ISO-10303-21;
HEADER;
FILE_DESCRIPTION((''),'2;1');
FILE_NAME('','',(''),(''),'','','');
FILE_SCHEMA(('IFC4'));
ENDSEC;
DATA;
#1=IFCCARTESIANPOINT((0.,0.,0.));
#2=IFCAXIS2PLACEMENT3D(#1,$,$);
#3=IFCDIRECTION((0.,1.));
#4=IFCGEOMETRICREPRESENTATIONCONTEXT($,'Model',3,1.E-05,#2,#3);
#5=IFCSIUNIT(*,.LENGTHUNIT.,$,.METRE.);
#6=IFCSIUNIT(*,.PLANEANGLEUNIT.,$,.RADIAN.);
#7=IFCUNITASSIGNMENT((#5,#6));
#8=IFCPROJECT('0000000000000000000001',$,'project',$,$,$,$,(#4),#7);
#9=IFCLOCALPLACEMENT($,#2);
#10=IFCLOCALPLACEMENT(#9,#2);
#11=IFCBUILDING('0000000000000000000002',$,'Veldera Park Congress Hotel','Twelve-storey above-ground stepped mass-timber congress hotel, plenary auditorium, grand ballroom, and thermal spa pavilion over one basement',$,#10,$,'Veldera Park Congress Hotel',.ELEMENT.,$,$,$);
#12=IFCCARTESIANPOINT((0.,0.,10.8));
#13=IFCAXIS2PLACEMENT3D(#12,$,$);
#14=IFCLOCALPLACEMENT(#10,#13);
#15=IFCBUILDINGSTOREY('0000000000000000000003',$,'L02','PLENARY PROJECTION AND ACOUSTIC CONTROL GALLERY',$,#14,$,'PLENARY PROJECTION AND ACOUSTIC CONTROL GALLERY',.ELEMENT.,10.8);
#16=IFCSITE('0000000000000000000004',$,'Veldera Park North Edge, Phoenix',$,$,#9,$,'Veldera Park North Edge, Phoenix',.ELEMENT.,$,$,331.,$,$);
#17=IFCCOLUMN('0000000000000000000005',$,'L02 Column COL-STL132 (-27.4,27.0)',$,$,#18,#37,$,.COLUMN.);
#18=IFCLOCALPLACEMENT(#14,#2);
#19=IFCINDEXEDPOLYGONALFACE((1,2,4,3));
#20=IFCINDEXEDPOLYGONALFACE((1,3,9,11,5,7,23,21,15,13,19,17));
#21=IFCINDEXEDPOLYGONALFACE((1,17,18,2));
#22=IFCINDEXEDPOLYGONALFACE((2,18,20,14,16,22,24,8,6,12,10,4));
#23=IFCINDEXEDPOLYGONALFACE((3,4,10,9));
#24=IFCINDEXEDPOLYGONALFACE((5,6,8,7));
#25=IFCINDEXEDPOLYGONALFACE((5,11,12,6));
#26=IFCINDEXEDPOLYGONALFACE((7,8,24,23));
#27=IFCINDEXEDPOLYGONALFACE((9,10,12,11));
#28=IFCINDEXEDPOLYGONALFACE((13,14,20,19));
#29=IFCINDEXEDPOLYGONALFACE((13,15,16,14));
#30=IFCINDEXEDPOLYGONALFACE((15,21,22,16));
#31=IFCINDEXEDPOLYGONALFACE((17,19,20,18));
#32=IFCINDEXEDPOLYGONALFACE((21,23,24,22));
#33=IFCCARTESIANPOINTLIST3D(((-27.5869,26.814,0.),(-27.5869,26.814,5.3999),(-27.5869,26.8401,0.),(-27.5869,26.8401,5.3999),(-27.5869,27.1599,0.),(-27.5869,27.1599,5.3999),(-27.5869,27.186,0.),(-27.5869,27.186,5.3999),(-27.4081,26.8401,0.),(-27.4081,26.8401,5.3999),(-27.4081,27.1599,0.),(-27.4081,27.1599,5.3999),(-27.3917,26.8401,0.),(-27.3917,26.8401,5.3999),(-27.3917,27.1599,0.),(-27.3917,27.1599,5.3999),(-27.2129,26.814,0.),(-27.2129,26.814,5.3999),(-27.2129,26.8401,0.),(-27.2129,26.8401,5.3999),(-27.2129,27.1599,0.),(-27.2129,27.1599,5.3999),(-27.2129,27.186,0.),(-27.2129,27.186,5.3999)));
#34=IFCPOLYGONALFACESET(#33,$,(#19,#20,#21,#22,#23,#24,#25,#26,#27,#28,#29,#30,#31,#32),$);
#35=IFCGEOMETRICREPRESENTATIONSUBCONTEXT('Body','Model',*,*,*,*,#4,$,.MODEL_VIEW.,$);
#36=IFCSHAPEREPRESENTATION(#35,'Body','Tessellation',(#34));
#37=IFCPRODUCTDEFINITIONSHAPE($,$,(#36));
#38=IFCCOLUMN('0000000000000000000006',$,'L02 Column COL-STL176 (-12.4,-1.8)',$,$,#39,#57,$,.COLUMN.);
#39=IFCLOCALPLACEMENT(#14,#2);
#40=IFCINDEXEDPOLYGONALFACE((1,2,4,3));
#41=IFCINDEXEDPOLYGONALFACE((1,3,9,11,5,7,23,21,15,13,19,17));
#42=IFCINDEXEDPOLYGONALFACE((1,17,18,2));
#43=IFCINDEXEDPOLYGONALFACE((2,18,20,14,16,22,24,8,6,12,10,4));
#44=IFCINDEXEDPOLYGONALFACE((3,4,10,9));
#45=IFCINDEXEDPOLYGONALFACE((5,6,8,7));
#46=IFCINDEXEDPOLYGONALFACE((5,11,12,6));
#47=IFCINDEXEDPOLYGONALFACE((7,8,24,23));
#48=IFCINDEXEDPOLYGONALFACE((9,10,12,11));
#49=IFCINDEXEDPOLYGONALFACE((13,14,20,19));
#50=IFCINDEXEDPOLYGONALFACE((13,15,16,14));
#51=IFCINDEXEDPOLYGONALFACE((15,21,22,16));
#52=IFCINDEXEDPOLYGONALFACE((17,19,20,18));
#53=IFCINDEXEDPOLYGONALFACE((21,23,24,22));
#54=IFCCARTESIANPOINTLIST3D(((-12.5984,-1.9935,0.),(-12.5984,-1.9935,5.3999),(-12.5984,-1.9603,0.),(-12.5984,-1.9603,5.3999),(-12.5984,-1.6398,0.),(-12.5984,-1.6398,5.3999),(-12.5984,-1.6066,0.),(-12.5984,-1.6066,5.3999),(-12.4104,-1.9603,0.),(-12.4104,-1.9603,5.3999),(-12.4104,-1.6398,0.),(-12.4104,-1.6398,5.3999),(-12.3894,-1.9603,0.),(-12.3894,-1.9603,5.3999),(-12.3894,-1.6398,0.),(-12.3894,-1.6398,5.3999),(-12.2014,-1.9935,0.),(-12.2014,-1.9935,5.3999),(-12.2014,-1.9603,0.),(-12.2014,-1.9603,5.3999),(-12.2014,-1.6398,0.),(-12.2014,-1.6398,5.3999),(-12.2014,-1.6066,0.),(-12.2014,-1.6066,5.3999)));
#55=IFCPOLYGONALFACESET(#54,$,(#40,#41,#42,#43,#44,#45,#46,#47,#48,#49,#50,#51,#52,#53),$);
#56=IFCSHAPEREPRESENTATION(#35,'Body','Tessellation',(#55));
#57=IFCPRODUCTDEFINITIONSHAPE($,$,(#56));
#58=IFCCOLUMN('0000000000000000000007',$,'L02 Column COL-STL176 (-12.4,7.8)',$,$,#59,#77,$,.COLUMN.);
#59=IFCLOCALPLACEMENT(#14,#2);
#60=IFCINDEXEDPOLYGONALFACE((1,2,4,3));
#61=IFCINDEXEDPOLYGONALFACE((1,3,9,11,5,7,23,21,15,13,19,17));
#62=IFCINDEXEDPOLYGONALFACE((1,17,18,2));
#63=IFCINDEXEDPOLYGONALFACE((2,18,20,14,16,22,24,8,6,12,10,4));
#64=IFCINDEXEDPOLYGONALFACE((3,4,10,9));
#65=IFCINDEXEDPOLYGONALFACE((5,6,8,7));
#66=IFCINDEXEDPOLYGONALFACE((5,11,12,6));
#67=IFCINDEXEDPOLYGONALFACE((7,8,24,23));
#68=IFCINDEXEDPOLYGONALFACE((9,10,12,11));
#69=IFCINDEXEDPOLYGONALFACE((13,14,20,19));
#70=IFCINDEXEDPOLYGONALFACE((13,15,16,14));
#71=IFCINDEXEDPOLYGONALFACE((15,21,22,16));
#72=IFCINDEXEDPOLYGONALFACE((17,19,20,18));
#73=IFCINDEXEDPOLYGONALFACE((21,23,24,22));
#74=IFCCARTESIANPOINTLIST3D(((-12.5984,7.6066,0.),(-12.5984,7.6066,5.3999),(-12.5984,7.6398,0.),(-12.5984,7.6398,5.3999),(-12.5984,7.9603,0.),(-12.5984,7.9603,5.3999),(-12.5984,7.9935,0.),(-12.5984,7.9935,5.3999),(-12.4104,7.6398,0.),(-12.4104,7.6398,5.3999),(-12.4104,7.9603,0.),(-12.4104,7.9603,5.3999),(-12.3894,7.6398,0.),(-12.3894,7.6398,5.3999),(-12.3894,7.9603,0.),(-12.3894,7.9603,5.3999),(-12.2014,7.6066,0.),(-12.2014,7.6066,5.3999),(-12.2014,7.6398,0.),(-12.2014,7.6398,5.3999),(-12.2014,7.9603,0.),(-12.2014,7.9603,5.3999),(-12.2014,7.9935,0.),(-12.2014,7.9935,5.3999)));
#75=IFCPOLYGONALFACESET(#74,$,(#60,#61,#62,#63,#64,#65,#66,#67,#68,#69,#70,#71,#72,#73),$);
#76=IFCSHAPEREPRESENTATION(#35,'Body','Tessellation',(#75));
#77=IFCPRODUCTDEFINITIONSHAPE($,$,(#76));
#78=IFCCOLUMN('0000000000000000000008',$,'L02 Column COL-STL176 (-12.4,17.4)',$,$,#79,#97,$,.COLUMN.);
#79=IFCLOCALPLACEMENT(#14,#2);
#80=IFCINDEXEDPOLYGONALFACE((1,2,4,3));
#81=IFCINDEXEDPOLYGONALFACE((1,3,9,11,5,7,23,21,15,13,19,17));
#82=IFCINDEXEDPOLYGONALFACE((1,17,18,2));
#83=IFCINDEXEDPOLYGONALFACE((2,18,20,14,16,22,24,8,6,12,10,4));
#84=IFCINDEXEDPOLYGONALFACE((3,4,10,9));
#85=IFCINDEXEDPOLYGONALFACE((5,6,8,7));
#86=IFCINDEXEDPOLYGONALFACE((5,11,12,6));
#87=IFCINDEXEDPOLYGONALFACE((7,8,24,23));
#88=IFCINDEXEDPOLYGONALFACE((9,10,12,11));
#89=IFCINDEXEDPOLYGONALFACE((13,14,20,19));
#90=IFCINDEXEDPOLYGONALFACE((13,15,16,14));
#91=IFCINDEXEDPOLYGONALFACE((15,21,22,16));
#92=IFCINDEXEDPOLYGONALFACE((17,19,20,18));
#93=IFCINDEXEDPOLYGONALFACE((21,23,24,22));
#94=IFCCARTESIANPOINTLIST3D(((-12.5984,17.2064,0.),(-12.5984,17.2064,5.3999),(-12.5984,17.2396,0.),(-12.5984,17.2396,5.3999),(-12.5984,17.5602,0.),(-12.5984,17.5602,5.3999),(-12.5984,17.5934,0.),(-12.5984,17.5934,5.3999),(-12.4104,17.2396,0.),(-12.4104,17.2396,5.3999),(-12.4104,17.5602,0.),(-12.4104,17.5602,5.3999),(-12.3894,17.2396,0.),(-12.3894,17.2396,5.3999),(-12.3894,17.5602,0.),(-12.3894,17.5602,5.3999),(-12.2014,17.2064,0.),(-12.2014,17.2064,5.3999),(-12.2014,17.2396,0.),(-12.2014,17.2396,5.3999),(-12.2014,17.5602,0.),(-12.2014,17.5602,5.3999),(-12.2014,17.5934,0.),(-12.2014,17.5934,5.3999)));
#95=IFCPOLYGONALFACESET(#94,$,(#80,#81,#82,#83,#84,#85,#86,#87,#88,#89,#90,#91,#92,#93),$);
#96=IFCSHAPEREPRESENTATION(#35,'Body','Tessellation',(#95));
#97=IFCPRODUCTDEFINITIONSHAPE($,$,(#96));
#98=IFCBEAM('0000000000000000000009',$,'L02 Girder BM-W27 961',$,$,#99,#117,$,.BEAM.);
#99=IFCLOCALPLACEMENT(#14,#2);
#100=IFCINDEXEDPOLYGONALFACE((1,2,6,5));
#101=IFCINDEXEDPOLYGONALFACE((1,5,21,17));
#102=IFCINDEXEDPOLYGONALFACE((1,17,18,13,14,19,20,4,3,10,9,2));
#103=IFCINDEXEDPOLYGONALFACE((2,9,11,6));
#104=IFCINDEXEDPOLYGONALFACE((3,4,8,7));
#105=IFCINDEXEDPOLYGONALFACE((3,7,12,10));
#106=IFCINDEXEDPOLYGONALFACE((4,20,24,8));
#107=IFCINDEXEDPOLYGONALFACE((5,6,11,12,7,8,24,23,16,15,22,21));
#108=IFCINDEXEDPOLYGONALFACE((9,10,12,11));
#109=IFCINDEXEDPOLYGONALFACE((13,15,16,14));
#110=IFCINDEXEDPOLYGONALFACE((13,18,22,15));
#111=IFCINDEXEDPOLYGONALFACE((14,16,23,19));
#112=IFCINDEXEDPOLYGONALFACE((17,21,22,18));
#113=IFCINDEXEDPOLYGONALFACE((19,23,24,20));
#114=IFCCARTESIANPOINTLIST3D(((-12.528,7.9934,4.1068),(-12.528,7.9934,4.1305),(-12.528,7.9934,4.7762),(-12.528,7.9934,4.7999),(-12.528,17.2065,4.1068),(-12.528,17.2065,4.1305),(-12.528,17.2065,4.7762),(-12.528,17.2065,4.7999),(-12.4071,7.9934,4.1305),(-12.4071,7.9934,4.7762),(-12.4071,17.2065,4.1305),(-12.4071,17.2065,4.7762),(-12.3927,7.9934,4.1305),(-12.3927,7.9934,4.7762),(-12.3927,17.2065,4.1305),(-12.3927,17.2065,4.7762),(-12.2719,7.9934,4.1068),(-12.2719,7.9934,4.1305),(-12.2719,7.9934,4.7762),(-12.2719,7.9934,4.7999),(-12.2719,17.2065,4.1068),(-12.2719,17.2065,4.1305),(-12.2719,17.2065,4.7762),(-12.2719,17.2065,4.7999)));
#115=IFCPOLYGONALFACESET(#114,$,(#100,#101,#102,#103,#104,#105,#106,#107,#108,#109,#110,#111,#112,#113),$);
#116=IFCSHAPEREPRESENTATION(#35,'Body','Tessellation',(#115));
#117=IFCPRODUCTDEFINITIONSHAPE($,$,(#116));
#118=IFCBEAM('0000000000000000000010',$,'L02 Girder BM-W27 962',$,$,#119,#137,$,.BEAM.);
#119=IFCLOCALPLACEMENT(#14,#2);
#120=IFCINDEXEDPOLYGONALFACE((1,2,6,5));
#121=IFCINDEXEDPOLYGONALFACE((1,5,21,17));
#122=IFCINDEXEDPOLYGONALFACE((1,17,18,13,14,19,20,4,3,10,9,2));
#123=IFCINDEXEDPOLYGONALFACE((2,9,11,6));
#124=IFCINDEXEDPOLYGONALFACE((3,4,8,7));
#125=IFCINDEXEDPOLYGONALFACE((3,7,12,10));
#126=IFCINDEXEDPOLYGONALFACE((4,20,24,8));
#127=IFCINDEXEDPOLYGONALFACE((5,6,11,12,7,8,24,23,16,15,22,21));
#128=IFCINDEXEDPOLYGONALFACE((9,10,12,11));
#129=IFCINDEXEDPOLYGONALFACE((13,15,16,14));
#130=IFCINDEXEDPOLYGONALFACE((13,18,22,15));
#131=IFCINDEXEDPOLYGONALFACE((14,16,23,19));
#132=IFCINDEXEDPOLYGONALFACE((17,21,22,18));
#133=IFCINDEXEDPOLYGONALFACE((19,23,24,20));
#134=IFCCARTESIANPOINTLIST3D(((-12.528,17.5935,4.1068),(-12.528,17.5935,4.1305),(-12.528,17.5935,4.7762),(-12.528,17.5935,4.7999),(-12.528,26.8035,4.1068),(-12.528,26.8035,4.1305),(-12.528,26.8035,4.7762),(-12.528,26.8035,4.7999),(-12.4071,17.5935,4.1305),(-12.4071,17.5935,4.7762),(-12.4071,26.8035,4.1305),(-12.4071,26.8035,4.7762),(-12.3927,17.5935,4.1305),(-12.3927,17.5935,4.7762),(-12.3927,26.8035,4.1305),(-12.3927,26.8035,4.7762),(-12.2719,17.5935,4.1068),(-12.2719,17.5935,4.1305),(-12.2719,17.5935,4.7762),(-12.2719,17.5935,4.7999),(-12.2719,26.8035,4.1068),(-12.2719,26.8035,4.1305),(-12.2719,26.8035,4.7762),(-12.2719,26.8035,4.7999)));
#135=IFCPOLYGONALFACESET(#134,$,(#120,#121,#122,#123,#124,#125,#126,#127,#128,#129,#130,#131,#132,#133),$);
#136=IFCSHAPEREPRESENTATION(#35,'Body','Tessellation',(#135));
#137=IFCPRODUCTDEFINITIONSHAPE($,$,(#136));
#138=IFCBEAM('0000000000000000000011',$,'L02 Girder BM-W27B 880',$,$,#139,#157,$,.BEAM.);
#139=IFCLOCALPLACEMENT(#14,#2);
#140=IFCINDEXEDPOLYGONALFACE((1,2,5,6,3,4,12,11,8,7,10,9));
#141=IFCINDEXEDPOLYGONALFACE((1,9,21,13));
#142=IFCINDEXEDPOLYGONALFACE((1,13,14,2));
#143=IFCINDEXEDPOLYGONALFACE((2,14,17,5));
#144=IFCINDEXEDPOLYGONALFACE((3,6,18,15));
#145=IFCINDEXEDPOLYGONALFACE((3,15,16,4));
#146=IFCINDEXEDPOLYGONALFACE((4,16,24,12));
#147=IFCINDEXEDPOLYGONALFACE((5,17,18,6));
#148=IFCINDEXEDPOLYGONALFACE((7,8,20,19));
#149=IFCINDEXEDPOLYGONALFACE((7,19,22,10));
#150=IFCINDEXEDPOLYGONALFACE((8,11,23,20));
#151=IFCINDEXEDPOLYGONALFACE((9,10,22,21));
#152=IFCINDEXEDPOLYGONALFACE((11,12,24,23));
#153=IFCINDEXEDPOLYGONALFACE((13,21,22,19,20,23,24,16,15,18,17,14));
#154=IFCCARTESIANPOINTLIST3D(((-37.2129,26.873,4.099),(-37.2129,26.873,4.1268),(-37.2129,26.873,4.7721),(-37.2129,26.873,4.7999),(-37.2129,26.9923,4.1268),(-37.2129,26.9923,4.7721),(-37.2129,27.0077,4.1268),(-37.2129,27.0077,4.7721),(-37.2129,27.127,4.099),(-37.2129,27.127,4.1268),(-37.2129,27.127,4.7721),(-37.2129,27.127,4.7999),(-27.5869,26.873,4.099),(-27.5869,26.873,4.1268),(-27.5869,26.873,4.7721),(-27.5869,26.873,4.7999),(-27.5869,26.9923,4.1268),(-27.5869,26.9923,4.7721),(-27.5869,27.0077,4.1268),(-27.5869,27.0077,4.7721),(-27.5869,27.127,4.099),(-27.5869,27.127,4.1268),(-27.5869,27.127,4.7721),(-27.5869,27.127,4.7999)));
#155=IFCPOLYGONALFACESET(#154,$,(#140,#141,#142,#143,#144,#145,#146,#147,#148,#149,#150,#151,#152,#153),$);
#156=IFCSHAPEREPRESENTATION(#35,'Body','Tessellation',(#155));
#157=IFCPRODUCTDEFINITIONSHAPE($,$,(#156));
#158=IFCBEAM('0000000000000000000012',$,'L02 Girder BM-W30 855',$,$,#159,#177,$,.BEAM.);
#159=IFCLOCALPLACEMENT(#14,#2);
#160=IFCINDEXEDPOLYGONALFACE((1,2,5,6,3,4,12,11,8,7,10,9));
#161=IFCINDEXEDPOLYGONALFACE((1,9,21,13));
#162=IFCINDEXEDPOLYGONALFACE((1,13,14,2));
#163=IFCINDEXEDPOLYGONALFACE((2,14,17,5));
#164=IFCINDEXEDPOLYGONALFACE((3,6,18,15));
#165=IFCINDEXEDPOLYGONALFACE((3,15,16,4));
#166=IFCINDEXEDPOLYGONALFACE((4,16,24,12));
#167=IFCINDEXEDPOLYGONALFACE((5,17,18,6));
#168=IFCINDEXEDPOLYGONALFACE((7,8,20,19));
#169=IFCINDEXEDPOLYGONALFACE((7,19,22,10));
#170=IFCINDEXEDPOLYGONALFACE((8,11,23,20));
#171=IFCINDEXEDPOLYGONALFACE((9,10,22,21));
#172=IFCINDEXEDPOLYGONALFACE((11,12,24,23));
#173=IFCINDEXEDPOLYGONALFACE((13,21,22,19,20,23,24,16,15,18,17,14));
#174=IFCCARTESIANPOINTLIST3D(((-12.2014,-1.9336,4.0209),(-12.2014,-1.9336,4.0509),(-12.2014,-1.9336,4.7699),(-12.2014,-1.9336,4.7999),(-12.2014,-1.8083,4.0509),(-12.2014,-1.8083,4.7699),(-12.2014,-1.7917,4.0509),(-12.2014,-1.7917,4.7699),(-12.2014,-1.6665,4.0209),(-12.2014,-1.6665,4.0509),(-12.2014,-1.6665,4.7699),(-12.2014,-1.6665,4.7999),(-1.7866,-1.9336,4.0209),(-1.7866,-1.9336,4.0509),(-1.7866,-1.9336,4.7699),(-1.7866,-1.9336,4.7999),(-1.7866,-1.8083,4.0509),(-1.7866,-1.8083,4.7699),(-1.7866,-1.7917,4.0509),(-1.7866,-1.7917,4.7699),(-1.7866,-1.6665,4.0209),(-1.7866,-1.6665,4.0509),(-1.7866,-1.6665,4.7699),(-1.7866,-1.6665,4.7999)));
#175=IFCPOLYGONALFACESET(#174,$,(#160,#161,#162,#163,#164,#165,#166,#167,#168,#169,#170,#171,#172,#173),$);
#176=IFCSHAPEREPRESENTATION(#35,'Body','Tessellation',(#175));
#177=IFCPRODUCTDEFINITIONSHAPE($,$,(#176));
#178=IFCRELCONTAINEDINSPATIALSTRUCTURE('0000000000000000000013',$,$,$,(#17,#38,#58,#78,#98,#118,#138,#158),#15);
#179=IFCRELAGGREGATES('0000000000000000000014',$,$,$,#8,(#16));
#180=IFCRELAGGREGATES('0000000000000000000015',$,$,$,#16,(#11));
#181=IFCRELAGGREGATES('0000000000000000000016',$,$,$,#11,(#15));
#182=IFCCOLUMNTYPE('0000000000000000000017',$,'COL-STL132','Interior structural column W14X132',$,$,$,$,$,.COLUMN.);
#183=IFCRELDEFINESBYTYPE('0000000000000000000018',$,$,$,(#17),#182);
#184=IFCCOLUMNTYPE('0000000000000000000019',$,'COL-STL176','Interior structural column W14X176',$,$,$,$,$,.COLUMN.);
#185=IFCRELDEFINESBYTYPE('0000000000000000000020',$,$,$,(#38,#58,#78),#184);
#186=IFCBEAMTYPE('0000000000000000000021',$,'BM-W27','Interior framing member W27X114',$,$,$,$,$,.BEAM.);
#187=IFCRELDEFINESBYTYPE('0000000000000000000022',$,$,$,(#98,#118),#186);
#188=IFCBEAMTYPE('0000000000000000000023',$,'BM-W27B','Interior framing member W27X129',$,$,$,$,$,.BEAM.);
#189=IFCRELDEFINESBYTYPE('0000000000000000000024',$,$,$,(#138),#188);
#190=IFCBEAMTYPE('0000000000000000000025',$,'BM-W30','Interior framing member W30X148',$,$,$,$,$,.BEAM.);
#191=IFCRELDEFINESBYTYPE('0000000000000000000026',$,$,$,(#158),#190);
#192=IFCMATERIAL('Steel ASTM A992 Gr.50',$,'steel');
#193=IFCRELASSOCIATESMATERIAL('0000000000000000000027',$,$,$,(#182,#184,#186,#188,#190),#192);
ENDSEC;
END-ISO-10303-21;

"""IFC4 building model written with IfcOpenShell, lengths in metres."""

from ifc_helpers import new_model, si_unit, direction, frame, origin, origin_2d, place, context, subcontext, project, spatial, i_section, extrude, material, material_profile, profile_set, type_object, element, save


model = new_model("IFC4")

# Units and contexts
model_context = context("Model", 3, precision=1e-05, world=origin(), true_north=direction((0.0, 1.0)))
body_context = subcontext(model_context, "Body", "Model", "MODEL_VIEW")
ifc_project = project(units=[si_unit("LENGTHUNIT", "METRE"), si_unit("PLANEANGLEUNIT", "RADIAN")], contexts=[model_context])

# Site, building, storey
site_placement = place(None, origin())
site = spatial("IfcSite", under=ifc_project, at=site_placement, Name="Veldera Park North Edge, Phoenix", LongName="Veldera Park North Edge, Phoenix", CompositionType="ELEMENT", RefElevation=331.0)
building_placement = place(site_placement, origin())
building = spatial("IfcBuilding", under=site, at=building_placement, Name="Veldera Park Congress Hotel", Description="Twelve-storey above-ground stepped mass-timber congress hotel, plenary auditorium, grand ballroom, and thermal spa pavilion over one basement", LongName="Veldera Park Congress Hotel", CompositionType="ELEMENT")
storey_placement = place(building_placement, frame((0.0, 0.0, 10.8)))
storey = spatial("IfcBuildingStorey", under=building, at=storey_placement, Name="L02", Description="PLENARY PROJECTION AND ACOUSTIC CONTROL GALLERY", LongName="PLENARY PROJECTION AND ACOUSTIC CONTROL GALLERY", CompositionType="ELEMENT", Elevation=10.8)

# Columns
ifc_material_1 = material(Name="Steel ASTM A992 Gr.50", Category="steel")
ifc_material_profile_1 = material_profile(ifc_material_1, i_section(OverallWidth=0.374, OverallDepth=0.3721, WebThickness=0.0164, FlangeThickness=0.0261, at=origin_2d()), Name="W14X132")
ifc_profile_set_1 = profile_set([ifc_material_profile_1], Name="Steel ASTM A992 Gr.50")
column_type_1 = type_object("IfcColumnType", Name="COL-STL132", Description="Interior structural column W14X132", PredefinedType="COLUMN", material=ifc_profile_set_1)
column_placement = place(storey_placement, frame((-27.3999, 27.0, 0.0), z_axis=(0.0, 0.0, 1.0), x_axis=(1.0, 0.0, 0.0)))
element("IfcColumn", 1, at=column_placement, inside=storey, type_object=column_type_1, Name="L02 Column COL-STL132 (-27.4,27.0)", PredefinedType="COLUMN", context=body_context, shape_type="SweptSolid", body=[
    extrude(i_section(OverallWidth=0.374, OverallDepth=0.3721, WebThickness=0.0164, FlangeThickness=0.0261, at=origin_2d()), origin(), (0.0, 0.0, 1.0), 5.3999),
])
ifc_material_profile_2 = material_profile(ifc_material_1, i_section(OverallWidth=0.397, OverallDepth=0.387, WebThickness=0.021, FlangeThickness=0.0332, at=origin_2d()), Name="W14X176")
ifc_profile_set_2 = profile_set([ifc_material_profile_2], Name="Steel ASTM A992 Gr.50")
column_type_2 = type_object("IfcColumnType", Name="COL-STL176", Description="Interior structural column W14X176", PredefinedType="COLUMN", material=ifc_profile_set_2)
for number, where, z_axis, x_axis, name in (
    (2, (-12.3999, -1.8, 0.0), (0.0, 0.0, 1.0), (1.0, 0.0, 0.0), "L02 Column COL-STL176 (-12.4,-1.8)"),
    (3, (-12.3999, 7.8, 0.0), (0.0, 0.0, 1.0), (1.0, 0.0, 0.0), "L02 Column COL-STL176 (-12.4,7.8)"),
    (4, (-12.3999, 17.3999, 0.0), (0.0, 0.0, 1.0), (1.0, 0.0, 0.0), "L02 Column COL-STL176 (-12.4,17.4)"),
):
    element("IfcColumn", number, at=place(storey_placement, frame(where, z_axis=z_axis, x_axis=x_axis)), inside=storey, type_object=column_type_2, Name=name, PredefinedType="COLUMN", context=body_context, shape_type="SweptSolid", body=[
        extrude(i_section(OverallWidth=0.397, OverallDepth=0.387, WebThickness=0.021, FlangeThickness=0.0332, at=origin_2d()), origin(), (0.0, 0.0, 1.0), 5.3999),
    ])

# Beams
ifc_material_profile_3 = material_profile(ifc_material_1, i_section(OverallWidth=0.2561, OverallDepth=0.6931, WebThickness=0.0144, FlangeThickness=0.0237, at=origin_2d()), Name="W27X114")
ifc_profile_set_3 = profile_set([ifc_material_profile_3], Name="Steel ASTM A992 Gr.50")
beam_type_1 = type_object("IfcBeamType", Name="BM-W27", Description="Interior framing member W27X114", PredefinedType="BEAM", material=ifc_profile_set_3)
beam_1_placement = place(storey_placement, frame((-12.3999, 7.9934, 4.4534), z_axis=(0.0, 1.0, 0.0), x_axis=(-1.0, 0.0, 0.0)))
element("IfcBeam", 5, at=beam_1_placement, inside=storey, type_object=beam_type_1, Name="L02 Girder BM-W27 961", PredefinedType="BEAM", context=body_context, shape_type="SweptSolid", body=[
    extrude(i_section(OverallWidth=0.2561, OverallDepth=0.6931, WebThickness=0.0144, FlangeThickness=0.0237, at=origin_2d()), origin(), (0.0, 0.0, 1.0), 9.2131),
])
beam_2_placement = place(storey_placement, frame((-12.3999, 17.5935, 4.4534), z_axis=(0.0, 1.0, 0.0), x_axis=(-1.0, 0.0, 0.0)))
element("IfcBeam", 6, at=beam_2_placement, inside=storey, type_object=beam_type_1, Name="L02 Girder BM-W27 962", PredefinedType="BEAM", context=body_context, shape_type="SweptSolid", body=[
    extrude(i_section(OverallWidth=0.2561, OverallDepth=0.6931, WebThickness=0.0144, FlangeThickness=0.0237, at=origin_2d()), origin(), (0.0, 0.0, 1.0), 9.21),
])
ifc_material_profile_4 = material_profile(ifc_material_1, i_section(OverallWidth=0.2539, OverallDepth=0.7009, WebThickness=0.0154, FlangeThickness=0.0278, at=origin_2d()), Name="W27X129")
ifc_profile_set_4 = profile_set([ifc_material_profile_4], Name="Steel ASTM A992 Gr.50")
beam_type_2 = type_object("IfcBeamType", Name="BM-W27B", Description="Interior framing member W27X129", PredefinedType="BEAM", material=ifc_profile_set_4)
beam_3_placement = place(storey_placement, frame((-37.2129, 27.0, 4.4495), z_axis=(1.0, 0.0, 0.0), x_axis=(0.0, 1.0, 0.0)))
element("IfcBeam", 7, at=beam_3_placement, inside=storey, type_object=beam_type_2, Name="L02 Girder BM-W27B 880", PredefinedType="BEAM", context=body_context, shape_type="SweptSolid", body=[
    extrude(i_section(OverallWidth=0.2539, OverallDepth=0.7009, WebThickness=0.0154, FlangeThickness=0.0278, at=origin_2d()), origin(), (0.0, 0.0, 1.0), 9.626),
])
ifc_material_profile_5 = material_profile(ifc_material_1, i_section(OverallWidth=0.2671, OverallDepth=0.7791, WebThickness=0.0166, FlangeThickness=0.03, at=origin_2d()), Name="W30X148")
ifc_profile_set_5 = profile_set([ifc_material_profile_5], Name="Steel ASTM A992 Gr.50")
beam_type_3 = type_object("IfcBeamType", Name="BM-W30", Description="Interior framing member W30X148", PredefinedType="BEAM", material=ifc_profile_set_5)
for number, where, z_axis, x_axis, name in (
    (8, (-12.2014, -1.8, 4.4104), (1.0, 0.0, 0.0), (0.0, 1.0, 0.0), "L02 Girder BM-W30 855"),
):
    element("IfcBeam", number, at=place(storey_placement, frame(where, z_axis=z_axis, x_axis=x_axis)), inside=storey, type_object=beam_type_3, Name=name, PredefinedType="BEAM", context=body_context, shape_type="SweptSolid", body=[
        extrude(i_section(OverallWidth=0.2671, OverallDepth=0.7791, WebThickness=0.0166, FlangeThickness=0.03, at=origin_2d()), origin(), (0.0, 0.0, 1.0), 10.4148),
    ])

save(model, "model.ifc")
